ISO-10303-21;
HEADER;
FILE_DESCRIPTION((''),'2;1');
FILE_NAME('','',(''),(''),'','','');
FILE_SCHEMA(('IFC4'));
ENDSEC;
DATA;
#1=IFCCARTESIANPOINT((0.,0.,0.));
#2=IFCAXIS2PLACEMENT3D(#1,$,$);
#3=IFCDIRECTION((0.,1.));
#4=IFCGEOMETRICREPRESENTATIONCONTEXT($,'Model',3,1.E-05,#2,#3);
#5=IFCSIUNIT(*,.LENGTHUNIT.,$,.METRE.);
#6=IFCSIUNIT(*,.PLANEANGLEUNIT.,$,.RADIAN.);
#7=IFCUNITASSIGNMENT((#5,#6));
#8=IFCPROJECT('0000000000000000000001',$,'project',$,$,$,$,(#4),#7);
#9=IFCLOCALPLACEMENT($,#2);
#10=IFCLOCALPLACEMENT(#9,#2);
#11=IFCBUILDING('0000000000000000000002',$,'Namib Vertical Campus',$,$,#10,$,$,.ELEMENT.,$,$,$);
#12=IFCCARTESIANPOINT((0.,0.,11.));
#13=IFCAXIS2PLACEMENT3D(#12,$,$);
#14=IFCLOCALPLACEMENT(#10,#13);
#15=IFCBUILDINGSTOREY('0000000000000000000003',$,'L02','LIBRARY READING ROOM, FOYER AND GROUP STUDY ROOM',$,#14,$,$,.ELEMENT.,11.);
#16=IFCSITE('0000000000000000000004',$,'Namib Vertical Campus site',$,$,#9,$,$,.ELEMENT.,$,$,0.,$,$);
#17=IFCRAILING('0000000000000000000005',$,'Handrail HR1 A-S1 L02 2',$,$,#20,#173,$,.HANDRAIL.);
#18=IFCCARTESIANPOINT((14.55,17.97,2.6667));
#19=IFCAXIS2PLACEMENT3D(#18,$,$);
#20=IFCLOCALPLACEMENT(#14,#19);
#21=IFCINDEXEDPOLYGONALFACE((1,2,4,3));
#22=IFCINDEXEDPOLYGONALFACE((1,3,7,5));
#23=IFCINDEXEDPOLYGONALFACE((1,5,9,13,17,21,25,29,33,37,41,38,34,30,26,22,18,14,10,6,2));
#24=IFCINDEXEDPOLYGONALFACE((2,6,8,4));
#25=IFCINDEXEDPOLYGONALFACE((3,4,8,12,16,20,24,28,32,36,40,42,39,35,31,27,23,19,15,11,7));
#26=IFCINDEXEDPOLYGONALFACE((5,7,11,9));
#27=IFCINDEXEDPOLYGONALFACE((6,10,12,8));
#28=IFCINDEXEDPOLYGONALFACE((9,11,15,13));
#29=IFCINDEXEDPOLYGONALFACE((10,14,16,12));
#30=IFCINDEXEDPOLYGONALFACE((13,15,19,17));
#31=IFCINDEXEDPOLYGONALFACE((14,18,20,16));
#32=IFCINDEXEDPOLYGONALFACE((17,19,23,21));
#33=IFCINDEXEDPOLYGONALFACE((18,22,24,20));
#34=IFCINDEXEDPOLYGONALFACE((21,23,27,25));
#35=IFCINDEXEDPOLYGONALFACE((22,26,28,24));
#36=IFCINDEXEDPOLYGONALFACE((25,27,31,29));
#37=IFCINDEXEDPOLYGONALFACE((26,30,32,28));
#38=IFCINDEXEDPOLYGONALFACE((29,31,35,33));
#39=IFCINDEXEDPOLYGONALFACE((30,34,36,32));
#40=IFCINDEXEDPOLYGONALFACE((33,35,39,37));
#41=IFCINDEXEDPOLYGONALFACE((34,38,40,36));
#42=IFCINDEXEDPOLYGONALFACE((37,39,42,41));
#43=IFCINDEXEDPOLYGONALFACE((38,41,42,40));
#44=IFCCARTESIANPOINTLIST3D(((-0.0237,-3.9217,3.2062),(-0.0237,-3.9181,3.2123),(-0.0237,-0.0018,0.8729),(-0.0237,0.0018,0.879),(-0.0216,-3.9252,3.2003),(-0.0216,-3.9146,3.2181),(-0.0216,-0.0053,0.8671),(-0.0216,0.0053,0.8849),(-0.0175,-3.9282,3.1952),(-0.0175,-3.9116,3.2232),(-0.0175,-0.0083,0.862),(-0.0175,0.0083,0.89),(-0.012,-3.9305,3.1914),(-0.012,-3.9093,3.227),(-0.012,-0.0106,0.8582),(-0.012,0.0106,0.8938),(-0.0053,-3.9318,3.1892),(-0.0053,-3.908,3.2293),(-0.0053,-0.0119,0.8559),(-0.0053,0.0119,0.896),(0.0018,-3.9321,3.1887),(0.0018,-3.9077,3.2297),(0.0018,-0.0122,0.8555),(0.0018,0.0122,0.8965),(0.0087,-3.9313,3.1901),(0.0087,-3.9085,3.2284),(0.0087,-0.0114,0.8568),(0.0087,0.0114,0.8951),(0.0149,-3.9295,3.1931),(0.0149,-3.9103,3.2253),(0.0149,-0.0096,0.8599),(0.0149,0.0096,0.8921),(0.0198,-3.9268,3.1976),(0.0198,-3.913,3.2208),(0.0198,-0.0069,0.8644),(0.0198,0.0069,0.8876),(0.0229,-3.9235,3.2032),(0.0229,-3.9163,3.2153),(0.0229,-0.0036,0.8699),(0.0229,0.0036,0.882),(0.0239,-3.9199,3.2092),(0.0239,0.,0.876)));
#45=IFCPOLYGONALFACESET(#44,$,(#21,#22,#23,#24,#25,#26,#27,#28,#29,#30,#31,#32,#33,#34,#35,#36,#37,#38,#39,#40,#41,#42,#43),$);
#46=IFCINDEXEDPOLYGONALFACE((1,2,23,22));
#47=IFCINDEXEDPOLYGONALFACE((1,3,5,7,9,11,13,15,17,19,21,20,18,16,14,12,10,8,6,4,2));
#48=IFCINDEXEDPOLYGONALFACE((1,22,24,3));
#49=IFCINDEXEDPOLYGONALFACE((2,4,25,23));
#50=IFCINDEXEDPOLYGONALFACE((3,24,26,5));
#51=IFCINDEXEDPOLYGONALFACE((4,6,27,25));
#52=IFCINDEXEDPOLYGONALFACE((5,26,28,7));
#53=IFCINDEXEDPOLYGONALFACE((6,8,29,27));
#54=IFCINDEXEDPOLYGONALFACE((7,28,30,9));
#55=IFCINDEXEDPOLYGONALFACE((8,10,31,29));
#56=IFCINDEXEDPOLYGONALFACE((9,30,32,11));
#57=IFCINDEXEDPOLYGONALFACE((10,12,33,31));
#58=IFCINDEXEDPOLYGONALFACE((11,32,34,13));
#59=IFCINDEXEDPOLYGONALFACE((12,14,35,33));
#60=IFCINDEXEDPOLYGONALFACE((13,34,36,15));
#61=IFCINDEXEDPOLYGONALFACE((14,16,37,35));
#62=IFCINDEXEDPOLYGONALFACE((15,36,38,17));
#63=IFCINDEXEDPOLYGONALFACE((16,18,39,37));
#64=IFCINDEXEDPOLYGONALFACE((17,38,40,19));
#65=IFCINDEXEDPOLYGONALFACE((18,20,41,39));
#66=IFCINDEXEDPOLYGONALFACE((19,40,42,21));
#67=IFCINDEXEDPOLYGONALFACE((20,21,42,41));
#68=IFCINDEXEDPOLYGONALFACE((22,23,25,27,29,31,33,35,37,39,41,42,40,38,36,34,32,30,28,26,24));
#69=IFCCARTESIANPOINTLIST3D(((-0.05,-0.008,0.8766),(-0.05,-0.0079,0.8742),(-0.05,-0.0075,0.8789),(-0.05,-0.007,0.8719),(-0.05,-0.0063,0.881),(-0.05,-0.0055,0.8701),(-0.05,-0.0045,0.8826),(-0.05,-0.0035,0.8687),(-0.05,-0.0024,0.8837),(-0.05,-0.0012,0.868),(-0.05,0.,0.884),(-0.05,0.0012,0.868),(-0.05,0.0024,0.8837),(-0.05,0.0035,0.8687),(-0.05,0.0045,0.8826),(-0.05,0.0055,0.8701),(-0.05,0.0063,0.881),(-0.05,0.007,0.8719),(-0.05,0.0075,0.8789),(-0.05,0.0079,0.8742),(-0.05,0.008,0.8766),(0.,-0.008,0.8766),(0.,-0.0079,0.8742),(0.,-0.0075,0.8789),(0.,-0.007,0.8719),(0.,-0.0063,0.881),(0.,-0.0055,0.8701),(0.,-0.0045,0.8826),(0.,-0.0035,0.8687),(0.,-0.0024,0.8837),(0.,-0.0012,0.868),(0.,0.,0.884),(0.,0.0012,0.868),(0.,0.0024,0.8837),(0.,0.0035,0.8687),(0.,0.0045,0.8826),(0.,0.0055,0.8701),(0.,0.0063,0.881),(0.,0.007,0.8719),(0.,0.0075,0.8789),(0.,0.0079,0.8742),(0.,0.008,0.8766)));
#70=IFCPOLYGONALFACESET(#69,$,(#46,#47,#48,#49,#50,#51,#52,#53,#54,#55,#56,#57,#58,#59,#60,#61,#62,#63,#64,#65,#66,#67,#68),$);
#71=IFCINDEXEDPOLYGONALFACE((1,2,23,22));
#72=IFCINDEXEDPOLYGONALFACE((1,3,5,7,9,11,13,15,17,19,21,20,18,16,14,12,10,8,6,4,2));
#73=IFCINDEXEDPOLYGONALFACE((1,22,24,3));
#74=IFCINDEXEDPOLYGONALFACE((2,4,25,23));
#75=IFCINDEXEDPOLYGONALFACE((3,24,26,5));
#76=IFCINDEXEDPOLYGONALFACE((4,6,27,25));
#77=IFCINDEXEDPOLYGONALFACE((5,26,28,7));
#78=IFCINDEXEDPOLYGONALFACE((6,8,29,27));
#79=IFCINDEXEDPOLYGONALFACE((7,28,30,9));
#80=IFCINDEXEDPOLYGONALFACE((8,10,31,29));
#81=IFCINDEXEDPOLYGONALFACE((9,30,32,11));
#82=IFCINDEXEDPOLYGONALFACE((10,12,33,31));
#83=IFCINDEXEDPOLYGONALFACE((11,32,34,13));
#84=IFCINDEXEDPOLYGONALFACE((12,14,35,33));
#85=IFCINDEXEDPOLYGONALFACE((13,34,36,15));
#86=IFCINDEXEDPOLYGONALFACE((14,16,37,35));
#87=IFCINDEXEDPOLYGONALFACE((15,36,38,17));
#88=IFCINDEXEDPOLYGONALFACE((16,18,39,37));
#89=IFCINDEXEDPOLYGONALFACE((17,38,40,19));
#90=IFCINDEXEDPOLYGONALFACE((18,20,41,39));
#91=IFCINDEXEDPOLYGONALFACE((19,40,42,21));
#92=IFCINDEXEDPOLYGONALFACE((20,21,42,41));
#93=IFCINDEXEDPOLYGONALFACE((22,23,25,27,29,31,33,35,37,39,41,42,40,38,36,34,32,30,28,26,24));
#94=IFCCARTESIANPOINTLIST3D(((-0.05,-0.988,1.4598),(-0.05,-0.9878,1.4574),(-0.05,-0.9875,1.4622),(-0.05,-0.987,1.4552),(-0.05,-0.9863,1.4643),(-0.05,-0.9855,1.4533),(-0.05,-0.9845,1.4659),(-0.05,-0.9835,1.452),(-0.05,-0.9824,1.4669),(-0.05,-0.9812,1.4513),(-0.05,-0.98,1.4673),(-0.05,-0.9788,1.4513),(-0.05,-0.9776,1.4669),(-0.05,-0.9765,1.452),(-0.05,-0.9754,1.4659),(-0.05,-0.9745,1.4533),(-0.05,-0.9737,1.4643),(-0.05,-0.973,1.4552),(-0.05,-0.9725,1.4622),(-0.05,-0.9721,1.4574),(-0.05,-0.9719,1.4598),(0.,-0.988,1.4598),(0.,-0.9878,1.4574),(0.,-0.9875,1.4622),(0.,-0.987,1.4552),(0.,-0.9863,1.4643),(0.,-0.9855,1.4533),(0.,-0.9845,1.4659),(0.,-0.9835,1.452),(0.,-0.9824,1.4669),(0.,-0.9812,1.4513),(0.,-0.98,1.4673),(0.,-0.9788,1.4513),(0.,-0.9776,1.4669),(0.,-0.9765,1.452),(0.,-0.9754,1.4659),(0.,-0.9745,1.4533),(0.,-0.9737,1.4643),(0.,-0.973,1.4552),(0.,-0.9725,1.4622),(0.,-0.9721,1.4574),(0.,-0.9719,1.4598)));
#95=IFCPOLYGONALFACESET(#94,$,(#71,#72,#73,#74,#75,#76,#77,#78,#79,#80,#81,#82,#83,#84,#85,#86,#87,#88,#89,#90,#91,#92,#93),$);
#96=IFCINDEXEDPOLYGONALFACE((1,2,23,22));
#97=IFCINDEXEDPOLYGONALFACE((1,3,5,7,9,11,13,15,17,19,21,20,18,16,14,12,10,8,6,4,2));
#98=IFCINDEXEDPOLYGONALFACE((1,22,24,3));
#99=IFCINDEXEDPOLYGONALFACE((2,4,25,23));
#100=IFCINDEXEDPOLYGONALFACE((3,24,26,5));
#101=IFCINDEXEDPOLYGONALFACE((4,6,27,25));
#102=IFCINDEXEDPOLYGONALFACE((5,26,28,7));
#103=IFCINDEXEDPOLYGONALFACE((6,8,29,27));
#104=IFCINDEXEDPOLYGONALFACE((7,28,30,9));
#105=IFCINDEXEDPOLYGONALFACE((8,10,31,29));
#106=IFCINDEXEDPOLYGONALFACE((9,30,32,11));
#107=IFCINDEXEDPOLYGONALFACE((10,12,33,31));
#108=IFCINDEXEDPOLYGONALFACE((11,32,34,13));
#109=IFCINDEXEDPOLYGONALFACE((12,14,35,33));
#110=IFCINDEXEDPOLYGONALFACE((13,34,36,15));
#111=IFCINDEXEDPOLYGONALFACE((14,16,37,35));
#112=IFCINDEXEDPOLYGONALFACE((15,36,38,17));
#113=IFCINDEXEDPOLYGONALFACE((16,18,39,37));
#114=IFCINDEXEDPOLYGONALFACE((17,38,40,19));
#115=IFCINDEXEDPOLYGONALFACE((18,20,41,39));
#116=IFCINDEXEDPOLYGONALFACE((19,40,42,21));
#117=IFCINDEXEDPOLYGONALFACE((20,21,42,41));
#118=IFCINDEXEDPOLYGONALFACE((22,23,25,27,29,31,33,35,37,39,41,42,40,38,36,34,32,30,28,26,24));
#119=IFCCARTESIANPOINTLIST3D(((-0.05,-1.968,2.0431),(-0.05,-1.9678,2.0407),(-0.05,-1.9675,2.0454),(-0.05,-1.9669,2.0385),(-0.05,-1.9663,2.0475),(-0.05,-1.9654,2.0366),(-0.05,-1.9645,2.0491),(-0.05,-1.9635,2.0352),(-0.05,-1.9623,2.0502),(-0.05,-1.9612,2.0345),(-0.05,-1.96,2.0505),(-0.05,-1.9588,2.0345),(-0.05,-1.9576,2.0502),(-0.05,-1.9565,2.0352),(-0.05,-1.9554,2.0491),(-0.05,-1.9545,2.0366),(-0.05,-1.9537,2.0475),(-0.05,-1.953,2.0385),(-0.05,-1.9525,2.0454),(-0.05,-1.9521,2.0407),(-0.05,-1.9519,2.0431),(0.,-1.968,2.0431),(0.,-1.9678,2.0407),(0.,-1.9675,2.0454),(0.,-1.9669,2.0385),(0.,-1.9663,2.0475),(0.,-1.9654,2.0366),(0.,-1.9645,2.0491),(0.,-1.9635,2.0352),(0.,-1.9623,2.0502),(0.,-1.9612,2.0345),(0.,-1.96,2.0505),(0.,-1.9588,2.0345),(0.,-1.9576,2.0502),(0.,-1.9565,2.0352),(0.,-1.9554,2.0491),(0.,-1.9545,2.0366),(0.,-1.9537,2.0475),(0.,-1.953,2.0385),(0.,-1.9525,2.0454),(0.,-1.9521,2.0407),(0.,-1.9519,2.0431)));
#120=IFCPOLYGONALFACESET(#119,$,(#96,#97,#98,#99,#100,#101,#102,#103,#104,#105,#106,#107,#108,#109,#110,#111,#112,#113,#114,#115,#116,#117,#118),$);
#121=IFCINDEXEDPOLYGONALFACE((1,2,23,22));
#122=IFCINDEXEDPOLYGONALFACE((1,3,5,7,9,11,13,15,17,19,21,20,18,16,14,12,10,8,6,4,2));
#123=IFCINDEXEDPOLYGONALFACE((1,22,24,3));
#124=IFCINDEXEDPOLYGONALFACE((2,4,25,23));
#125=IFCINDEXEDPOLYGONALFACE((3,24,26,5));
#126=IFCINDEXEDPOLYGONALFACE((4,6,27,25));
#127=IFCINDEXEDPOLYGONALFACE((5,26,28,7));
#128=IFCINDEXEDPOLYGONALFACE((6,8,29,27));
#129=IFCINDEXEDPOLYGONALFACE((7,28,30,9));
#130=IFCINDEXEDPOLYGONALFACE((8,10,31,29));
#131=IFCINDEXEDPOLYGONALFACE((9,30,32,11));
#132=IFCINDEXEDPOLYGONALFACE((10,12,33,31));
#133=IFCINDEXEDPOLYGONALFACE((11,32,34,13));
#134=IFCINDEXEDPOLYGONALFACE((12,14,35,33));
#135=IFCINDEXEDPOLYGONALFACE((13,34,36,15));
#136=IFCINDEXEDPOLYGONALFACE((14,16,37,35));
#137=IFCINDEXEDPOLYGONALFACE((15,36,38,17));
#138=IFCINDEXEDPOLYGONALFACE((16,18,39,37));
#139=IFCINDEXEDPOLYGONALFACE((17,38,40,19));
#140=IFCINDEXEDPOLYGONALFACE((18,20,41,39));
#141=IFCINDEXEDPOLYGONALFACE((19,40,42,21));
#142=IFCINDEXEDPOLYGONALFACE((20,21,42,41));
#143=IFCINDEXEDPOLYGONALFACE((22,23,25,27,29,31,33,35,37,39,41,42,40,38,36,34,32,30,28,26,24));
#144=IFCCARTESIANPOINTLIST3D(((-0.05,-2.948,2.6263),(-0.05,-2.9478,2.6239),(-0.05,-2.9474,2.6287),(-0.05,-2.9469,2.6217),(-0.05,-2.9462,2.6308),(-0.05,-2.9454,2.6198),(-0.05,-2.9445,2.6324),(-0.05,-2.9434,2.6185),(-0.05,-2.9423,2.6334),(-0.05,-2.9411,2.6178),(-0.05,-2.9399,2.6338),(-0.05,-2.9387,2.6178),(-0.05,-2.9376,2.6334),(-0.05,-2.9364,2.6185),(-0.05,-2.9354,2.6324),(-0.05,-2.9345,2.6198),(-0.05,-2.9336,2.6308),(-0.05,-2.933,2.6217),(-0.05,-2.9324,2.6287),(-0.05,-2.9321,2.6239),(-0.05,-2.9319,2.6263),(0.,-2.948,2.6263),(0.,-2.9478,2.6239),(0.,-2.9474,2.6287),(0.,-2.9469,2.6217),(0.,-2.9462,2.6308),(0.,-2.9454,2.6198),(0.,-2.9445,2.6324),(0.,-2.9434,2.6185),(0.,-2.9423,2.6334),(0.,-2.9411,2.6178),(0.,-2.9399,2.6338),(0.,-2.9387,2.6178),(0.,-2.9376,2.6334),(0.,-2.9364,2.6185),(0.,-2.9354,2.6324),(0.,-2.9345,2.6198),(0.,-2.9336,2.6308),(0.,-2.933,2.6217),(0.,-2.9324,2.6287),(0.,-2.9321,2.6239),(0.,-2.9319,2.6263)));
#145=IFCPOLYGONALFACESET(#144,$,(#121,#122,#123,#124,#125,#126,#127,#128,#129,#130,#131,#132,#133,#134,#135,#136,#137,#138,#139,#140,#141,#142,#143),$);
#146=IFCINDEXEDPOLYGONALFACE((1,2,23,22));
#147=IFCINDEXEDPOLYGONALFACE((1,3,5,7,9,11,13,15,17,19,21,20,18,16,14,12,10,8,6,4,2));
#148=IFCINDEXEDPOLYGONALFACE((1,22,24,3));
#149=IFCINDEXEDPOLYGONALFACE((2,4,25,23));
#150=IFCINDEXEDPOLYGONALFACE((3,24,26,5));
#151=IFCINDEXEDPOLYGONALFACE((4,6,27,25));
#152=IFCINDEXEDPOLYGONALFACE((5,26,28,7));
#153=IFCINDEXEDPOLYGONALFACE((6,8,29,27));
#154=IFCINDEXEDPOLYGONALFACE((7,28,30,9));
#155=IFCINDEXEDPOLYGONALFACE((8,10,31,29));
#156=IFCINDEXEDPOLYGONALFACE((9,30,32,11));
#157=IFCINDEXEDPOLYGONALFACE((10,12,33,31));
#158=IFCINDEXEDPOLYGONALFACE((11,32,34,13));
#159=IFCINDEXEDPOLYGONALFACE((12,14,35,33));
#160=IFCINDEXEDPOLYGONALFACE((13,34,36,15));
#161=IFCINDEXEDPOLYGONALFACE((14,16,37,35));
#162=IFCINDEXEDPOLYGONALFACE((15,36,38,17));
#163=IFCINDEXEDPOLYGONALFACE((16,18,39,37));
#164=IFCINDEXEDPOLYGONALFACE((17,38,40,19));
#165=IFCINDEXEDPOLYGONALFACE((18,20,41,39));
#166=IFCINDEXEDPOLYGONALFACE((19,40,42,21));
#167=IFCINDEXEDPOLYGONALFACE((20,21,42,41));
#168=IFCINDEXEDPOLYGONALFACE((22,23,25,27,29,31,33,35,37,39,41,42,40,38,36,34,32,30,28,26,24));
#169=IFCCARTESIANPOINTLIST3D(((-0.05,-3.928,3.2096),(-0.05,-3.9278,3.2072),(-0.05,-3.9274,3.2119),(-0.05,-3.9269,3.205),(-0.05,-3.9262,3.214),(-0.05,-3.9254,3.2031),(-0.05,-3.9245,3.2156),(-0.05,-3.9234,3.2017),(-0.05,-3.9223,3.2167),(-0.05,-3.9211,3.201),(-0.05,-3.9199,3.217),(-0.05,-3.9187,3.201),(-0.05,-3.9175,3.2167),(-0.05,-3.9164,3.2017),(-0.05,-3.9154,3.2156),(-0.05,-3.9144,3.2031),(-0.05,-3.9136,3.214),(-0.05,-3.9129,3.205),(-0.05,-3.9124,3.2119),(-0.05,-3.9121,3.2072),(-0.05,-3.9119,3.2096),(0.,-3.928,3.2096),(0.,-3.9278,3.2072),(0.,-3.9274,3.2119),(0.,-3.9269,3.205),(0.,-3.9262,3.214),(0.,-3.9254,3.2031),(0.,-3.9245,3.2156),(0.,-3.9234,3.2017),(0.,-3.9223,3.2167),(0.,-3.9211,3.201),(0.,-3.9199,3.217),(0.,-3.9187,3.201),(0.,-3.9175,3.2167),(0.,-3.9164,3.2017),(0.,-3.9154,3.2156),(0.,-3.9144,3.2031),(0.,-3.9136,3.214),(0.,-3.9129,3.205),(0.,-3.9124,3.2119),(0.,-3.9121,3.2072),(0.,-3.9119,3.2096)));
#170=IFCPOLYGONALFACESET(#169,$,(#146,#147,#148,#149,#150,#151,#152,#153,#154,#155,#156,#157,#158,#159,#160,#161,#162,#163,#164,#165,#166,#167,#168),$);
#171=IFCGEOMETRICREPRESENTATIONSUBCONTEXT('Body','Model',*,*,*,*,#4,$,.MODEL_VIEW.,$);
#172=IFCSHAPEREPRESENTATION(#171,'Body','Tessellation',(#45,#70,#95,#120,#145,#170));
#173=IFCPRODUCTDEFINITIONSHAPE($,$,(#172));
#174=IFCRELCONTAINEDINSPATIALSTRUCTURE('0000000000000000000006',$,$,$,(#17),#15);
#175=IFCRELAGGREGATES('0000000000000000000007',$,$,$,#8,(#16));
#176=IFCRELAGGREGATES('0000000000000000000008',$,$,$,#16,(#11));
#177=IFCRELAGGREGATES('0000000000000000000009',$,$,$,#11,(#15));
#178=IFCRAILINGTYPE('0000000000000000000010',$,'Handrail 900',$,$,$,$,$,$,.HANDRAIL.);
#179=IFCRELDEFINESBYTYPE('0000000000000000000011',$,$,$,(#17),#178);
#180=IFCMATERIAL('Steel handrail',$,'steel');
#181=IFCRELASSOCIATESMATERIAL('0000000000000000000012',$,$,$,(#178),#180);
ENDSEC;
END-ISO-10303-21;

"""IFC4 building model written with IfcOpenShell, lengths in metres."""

from ifc_helpers import new_model, si_unit, direction, frame, origin, origin_2d, place, context, subcontext, project, spatial, circle, extrude, material, type_object, element, save


model = new_model("IFC4")

# Units and contexts
model_context = context("Model", 3, precision=1e-05, world=origin(), true_north=direction((0.0, 1.0)))
body_context = subcontext(model_context, "Body", "Model", "MODEL_VIEW")
ifc_project = project(units=[si_unit("LENGTHUNIT", "METRE"), si_unit("PLANEANGLEUNIT", "RADIAN")], contexts=[model_context])

# Site, building, storey
site_placement = place(None, origin())
site = spatial("IfcSite", under=ifc_project, at=site_placement, Name="Namib Vertical Campus site", CompositionType="ELEMENT", RefElevation=0.0)
building_placement = place(site_placement, origin())
building = spatial("IfcBuilding", under=site, at=building_placement, Name="Namib Vertical Campus", CompositionType="ELEMENT")
storey_placement = place(building_placement, frame((0.0, 0.0, 11.0)))
storey = spatial("IfcBuildingStorey", under=building, at=storey_placement, Name="L02", Description="LIBRARY READING ROOM, FOYER AND GROUP STUDY ROOM", CompositionType="ELEMENT", Elevation=11.0)

# Railing
ifc_material_1 = material(Name="Steel handrail", Category="steel")
railing_type = type_object("IfcRailingType", Name="Handrail 900", PredefinedType="HANDRAIL", material=ifc_material_1)
railing_1_placement = place(storey_placement, frame((14.55, 17.97, 2.6667)))
element("IfcRailing", 1, at=railing_1_placement, inside=storey, type_object=railing_type, Name="Handrail HR1 A-S1 L02 2", PredefinedType="HANDRAIL", context=body_context, shape_type="SweptSolid", body=[
    extrude(circle(Radius=0.0239, at=origin_2d()), frame((0.0, 0.0, 0.876), z_axis=(0.0, -0.859296, 0.511478), x_axis=(1.0, 0.0, 0.0)), (0.0, 0.0, 1.0), 4.5618),
    extrude(circle(Radius=0.0081, at=origin_2d()), frame((0.0, 0.0, 0.876), z_axis=(-1.0, 0.0, 0.0), x_axis=(0.0, 0.0, 1.0)), (0.0, 0.0, 1.0), 0.05),
    extrude(circle(Radius=0.0081, at=origin_2d()), frame((0.0, -0.98, 1.4592), z_axis=(-1.0, 0.0, 0.0), x_axis=(0.0, 0.0, 1.0)), (0.0, 0.0, 1.0), 0.05),
    extrude(circle(Radius=0.0081, at=origin_2d()), frame((0.0, -1.96, 2.0425), z_axis=(-1.0, 0.0, 0.0), x_axis=(0.0, 0.0, 1.0)), (0.0, 0.0, 1.0), 0.05),
    extrude(circle(Radius=0.0081, at=origin_2d()), frame((0.0, -2.9399, 2.6257), z_axis=(-1.0, 0.0, 0.0), x_axis=(0.0, 0.0, 1.0)), (0.0, 0.0, 1.0), 0.05),
    extrude(circle(Radius=0.0081, at=origin_2d()), frame((0.0, -3.9199, 3.209), z_axis=(-1.0, 0.0, 0.0), x_axis=(0.0, 0.0, 1.0)), (0.0, 0.0, 1.0), 0.05),
])

save(model, "model.ifc")
